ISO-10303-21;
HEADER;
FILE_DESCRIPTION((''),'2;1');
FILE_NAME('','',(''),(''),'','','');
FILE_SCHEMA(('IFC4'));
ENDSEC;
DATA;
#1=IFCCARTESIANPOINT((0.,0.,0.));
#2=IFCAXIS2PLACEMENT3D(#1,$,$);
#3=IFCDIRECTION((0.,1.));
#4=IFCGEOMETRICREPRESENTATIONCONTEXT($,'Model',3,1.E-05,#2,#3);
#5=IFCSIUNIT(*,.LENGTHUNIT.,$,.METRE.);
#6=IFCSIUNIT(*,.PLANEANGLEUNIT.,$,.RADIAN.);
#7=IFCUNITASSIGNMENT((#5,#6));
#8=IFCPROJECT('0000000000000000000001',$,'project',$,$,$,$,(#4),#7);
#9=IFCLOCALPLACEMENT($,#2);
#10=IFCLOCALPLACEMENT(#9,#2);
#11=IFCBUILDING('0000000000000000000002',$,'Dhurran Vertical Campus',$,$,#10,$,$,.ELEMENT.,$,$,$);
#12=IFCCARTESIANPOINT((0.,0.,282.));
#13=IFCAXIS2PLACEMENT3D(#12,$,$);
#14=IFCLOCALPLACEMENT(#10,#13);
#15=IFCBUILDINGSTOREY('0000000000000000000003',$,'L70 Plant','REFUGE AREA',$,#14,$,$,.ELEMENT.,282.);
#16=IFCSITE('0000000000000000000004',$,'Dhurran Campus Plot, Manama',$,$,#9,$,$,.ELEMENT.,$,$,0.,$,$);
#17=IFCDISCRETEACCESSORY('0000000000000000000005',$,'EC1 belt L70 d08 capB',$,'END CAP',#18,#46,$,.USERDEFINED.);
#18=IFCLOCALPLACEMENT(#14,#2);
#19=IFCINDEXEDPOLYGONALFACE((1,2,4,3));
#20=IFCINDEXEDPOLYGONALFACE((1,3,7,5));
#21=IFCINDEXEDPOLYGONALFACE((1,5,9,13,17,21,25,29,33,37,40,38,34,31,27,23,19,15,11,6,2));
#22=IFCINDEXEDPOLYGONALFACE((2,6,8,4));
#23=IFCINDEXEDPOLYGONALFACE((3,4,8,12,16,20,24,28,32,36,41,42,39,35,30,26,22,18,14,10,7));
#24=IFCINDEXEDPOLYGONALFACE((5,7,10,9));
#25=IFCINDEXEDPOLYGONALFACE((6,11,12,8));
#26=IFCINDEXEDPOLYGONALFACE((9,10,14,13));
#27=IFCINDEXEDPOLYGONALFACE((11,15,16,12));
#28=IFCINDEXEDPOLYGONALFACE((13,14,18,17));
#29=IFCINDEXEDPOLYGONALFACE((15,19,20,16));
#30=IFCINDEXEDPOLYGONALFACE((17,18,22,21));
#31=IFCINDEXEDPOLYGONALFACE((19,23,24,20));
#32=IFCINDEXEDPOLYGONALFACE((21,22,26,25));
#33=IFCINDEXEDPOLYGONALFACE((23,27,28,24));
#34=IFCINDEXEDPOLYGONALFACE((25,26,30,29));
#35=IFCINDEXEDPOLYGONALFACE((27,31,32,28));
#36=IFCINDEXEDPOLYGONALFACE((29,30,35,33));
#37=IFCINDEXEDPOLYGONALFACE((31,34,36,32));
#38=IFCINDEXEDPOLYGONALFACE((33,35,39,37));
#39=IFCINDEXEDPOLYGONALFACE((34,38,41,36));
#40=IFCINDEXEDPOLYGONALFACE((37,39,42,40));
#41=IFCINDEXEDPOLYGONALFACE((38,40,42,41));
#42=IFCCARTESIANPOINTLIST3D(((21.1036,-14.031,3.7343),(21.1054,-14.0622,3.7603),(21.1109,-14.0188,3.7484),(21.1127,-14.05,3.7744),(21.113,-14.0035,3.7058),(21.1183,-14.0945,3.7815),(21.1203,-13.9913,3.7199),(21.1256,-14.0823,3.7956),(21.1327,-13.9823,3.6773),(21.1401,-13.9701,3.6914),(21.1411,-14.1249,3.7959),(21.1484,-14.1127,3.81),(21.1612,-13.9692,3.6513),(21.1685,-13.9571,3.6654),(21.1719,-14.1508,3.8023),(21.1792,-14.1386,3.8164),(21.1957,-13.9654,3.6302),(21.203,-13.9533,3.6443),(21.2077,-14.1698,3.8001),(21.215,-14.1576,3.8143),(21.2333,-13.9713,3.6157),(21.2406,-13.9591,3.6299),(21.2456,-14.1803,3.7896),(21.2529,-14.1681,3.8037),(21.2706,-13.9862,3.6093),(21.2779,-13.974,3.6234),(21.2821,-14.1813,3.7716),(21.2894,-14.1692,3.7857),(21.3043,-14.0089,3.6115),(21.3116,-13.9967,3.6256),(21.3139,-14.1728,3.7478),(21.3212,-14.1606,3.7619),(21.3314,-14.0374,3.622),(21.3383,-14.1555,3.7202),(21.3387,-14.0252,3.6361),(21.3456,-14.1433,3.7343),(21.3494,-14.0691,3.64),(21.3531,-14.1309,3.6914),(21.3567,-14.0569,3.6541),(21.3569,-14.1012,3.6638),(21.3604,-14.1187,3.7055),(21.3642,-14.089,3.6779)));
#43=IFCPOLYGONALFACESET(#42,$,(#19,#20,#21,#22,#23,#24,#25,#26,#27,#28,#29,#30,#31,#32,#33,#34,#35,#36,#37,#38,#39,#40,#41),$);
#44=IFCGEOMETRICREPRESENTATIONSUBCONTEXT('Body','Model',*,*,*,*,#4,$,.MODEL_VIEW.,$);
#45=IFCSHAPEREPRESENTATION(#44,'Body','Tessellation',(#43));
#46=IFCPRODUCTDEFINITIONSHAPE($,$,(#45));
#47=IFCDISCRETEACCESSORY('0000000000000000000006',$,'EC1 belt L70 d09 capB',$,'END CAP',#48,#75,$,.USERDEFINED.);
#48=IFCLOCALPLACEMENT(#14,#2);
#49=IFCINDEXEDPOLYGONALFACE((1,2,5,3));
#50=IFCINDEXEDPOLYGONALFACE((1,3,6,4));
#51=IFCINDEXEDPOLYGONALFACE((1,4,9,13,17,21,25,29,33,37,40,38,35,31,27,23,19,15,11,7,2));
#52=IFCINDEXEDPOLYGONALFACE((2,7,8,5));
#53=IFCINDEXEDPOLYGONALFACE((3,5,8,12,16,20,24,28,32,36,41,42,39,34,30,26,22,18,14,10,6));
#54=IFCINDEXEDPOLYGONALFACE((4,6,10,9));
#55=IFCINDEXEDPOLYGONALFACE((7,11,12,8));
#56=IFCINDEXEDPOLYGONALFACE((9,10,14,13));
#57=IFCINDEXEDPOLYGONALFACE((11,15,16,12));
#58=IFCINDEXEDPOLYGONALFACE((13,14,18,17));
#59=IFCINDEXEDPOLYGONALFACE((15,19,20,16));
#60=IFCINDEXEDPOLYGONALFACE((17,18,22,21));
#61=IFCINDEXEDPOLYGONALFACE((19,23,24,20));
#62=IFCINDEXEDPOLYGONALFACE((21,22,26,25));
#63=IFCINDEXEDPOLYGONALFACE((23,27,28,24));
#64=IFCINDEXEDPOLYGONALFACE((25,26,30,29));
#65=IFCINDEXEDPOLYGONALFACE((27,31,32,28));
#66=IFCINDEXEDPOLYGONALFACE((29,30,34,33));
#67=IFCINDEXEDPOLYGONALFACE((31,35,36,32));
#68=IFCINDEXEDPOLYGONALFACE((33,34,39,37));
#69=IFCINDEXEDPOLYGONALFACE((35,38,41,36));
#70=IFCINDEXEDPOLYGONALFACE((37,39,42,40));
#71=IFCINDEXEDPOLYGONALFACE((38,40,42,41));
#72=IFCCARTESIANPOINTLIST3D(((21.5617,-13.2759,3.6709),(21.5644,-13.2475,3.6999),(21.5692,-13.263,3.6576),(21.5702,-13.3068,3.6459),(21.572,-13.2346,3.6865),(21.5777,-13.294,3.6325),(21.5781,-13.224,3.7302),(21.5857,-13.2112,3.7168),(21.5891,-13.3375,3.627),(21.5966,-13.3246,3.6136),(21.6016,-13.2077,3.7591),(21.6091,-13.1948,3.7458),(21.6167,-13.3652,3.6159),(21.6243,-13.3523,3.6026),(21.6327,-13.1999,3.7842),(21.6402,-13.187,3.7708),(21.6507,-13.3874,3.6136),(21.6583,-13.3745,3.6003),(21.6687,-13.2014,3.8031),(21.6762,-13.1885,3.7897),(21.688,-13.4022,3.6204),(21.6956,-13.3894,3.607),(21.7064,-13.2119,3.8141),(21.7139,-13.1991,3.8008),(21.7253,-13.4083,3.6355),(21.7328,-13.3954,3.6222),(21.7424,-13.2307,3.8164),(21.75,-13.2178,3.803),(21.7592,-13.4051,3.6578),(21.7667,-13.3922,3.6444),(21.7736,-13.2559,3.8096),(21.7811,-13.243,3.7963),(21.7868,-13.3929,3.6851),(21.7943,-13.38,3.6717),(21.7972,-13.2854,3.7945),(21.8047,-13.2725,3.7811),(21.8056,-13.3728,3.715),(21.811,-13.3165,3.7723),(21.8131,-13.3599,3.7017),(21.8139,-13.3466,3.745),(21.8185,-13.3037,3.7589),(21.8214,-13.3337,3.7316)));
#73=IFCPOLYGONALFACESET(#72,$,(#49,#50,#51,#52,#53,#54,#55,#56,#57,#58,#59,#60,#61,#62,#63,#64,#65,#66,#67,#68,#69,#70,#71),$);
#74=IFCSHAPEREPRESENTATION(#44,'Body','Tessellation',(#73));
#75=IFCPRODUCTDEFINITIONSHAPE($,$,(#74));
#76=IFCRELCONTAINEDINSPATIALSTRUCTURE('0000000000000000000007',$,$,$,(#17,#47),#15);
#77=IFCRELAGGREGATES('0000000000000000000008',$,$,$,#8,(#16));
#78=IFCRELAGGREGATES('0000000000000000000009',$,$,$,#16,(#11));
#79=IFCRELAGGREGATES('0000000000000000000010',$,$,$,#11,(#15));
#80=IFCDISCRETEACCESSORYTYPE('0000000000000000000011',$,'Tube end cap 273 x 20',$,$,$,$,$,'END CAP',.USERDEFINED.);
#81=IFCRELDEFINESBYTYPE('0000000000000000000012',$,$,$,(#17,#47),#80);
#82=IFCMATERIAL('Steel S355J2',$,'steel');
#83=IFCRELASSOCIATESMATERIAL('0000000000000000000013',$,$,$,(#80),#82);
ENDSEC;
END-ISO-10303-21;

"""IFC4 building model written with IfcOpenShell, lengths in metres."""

from ifc_helpers import new_model, si_unit, direction, frame, origin, origin_2d, place, context, subcontext, project, spatial, circle, extrude, material, material_profile, profile_set, type_object, element, save


model = new_model("IFC4")

# Units and contexts
model_context = context("Model", 3, precision=1e-05, world=origin(), true_north=direction((0.0, 1.0)))
body_context = subcontext(model_context, "Body", "Model", "MODEL_VIEW")
ifc_project = project(units=[si_unit("LENGTHUNIT", "METRE"), si_unit("PLANEANGLEUNIT", "RADIAN")], contexts=[model_context])

# Site, building, storey
site_placement = place(None, origin())
site = spatial("IfcSite", under=ifc_project, at=site_placement, Name="Dhurran Campus Plot, Manama", CompositionType="ELEMENT", RefElevation=0.0)
building_placement = place(site_placement, origin())
building = spatial("IfcBuilding", under=site, at=building_placement, Name="Dhurran Vertical Campus", CompositionType="ELEMENT")
storey_placement = place(building_placement, frame((0.0, 0.0, 282.0)))
storey = spatial("IfcBuildingStorey", under=building, at=storey_placement, Name="L70 Plant", Description="REFUGE AREA", CompositionType="ELEMENT", Elevation=282.0)

# Discrete accessories
ifc_material_1 = material(Name="Steel S355J2", Category="steel")
ifc_material_profile_1 = material_profile(ifc_material_1, circle(Radius=0.1365, at=origin_2d()), Name="Tube end cap 273 x 20")
ifc_profile_set_1 = profile_set([ifc_material_profile_1], Name="Steel S355J2")
discrete_accessory_type = type_object("IfcDiscreteAccessoryType", Name="Tube end cap 273 x 20", ElementType="END CAP", PredefinedType="USERDEFINED", material=ifc_profile_set_1)
for number, where, z_axis, x_axis, name in (
    (1, (21.23, -14.0737, 3.7058), (0.36477, 0.60795, 0.705223), (-0.857493, 0.514496, 0.0), "EC1 belt L70 d08 capB"),
    (2, (21.6953, -13.291, 3.7017), (-0.376069, -0.642956, 0.667218), (0.863188, -0.504883, 0.0), "EC1 belt L70 d09 capB"),
):
    element("IfcDiscreteAccessory", number, at=place(storey_placement, frame(where, z_axis=z_axis, x_axis=x_axis)), inside=storey, type_object=discrete_accessory_type, Name=name, ObjectType="END CAP", PredefinedType="USERDEFINED", context=body_context, shape_type="SweptSolid", body=[
        extrude(circle(Radius=0.1365, at=origin_2d()), origin(), (0.0, 0.0, 1.0), 0.02),
    ])

save(model, "model.ifc")
